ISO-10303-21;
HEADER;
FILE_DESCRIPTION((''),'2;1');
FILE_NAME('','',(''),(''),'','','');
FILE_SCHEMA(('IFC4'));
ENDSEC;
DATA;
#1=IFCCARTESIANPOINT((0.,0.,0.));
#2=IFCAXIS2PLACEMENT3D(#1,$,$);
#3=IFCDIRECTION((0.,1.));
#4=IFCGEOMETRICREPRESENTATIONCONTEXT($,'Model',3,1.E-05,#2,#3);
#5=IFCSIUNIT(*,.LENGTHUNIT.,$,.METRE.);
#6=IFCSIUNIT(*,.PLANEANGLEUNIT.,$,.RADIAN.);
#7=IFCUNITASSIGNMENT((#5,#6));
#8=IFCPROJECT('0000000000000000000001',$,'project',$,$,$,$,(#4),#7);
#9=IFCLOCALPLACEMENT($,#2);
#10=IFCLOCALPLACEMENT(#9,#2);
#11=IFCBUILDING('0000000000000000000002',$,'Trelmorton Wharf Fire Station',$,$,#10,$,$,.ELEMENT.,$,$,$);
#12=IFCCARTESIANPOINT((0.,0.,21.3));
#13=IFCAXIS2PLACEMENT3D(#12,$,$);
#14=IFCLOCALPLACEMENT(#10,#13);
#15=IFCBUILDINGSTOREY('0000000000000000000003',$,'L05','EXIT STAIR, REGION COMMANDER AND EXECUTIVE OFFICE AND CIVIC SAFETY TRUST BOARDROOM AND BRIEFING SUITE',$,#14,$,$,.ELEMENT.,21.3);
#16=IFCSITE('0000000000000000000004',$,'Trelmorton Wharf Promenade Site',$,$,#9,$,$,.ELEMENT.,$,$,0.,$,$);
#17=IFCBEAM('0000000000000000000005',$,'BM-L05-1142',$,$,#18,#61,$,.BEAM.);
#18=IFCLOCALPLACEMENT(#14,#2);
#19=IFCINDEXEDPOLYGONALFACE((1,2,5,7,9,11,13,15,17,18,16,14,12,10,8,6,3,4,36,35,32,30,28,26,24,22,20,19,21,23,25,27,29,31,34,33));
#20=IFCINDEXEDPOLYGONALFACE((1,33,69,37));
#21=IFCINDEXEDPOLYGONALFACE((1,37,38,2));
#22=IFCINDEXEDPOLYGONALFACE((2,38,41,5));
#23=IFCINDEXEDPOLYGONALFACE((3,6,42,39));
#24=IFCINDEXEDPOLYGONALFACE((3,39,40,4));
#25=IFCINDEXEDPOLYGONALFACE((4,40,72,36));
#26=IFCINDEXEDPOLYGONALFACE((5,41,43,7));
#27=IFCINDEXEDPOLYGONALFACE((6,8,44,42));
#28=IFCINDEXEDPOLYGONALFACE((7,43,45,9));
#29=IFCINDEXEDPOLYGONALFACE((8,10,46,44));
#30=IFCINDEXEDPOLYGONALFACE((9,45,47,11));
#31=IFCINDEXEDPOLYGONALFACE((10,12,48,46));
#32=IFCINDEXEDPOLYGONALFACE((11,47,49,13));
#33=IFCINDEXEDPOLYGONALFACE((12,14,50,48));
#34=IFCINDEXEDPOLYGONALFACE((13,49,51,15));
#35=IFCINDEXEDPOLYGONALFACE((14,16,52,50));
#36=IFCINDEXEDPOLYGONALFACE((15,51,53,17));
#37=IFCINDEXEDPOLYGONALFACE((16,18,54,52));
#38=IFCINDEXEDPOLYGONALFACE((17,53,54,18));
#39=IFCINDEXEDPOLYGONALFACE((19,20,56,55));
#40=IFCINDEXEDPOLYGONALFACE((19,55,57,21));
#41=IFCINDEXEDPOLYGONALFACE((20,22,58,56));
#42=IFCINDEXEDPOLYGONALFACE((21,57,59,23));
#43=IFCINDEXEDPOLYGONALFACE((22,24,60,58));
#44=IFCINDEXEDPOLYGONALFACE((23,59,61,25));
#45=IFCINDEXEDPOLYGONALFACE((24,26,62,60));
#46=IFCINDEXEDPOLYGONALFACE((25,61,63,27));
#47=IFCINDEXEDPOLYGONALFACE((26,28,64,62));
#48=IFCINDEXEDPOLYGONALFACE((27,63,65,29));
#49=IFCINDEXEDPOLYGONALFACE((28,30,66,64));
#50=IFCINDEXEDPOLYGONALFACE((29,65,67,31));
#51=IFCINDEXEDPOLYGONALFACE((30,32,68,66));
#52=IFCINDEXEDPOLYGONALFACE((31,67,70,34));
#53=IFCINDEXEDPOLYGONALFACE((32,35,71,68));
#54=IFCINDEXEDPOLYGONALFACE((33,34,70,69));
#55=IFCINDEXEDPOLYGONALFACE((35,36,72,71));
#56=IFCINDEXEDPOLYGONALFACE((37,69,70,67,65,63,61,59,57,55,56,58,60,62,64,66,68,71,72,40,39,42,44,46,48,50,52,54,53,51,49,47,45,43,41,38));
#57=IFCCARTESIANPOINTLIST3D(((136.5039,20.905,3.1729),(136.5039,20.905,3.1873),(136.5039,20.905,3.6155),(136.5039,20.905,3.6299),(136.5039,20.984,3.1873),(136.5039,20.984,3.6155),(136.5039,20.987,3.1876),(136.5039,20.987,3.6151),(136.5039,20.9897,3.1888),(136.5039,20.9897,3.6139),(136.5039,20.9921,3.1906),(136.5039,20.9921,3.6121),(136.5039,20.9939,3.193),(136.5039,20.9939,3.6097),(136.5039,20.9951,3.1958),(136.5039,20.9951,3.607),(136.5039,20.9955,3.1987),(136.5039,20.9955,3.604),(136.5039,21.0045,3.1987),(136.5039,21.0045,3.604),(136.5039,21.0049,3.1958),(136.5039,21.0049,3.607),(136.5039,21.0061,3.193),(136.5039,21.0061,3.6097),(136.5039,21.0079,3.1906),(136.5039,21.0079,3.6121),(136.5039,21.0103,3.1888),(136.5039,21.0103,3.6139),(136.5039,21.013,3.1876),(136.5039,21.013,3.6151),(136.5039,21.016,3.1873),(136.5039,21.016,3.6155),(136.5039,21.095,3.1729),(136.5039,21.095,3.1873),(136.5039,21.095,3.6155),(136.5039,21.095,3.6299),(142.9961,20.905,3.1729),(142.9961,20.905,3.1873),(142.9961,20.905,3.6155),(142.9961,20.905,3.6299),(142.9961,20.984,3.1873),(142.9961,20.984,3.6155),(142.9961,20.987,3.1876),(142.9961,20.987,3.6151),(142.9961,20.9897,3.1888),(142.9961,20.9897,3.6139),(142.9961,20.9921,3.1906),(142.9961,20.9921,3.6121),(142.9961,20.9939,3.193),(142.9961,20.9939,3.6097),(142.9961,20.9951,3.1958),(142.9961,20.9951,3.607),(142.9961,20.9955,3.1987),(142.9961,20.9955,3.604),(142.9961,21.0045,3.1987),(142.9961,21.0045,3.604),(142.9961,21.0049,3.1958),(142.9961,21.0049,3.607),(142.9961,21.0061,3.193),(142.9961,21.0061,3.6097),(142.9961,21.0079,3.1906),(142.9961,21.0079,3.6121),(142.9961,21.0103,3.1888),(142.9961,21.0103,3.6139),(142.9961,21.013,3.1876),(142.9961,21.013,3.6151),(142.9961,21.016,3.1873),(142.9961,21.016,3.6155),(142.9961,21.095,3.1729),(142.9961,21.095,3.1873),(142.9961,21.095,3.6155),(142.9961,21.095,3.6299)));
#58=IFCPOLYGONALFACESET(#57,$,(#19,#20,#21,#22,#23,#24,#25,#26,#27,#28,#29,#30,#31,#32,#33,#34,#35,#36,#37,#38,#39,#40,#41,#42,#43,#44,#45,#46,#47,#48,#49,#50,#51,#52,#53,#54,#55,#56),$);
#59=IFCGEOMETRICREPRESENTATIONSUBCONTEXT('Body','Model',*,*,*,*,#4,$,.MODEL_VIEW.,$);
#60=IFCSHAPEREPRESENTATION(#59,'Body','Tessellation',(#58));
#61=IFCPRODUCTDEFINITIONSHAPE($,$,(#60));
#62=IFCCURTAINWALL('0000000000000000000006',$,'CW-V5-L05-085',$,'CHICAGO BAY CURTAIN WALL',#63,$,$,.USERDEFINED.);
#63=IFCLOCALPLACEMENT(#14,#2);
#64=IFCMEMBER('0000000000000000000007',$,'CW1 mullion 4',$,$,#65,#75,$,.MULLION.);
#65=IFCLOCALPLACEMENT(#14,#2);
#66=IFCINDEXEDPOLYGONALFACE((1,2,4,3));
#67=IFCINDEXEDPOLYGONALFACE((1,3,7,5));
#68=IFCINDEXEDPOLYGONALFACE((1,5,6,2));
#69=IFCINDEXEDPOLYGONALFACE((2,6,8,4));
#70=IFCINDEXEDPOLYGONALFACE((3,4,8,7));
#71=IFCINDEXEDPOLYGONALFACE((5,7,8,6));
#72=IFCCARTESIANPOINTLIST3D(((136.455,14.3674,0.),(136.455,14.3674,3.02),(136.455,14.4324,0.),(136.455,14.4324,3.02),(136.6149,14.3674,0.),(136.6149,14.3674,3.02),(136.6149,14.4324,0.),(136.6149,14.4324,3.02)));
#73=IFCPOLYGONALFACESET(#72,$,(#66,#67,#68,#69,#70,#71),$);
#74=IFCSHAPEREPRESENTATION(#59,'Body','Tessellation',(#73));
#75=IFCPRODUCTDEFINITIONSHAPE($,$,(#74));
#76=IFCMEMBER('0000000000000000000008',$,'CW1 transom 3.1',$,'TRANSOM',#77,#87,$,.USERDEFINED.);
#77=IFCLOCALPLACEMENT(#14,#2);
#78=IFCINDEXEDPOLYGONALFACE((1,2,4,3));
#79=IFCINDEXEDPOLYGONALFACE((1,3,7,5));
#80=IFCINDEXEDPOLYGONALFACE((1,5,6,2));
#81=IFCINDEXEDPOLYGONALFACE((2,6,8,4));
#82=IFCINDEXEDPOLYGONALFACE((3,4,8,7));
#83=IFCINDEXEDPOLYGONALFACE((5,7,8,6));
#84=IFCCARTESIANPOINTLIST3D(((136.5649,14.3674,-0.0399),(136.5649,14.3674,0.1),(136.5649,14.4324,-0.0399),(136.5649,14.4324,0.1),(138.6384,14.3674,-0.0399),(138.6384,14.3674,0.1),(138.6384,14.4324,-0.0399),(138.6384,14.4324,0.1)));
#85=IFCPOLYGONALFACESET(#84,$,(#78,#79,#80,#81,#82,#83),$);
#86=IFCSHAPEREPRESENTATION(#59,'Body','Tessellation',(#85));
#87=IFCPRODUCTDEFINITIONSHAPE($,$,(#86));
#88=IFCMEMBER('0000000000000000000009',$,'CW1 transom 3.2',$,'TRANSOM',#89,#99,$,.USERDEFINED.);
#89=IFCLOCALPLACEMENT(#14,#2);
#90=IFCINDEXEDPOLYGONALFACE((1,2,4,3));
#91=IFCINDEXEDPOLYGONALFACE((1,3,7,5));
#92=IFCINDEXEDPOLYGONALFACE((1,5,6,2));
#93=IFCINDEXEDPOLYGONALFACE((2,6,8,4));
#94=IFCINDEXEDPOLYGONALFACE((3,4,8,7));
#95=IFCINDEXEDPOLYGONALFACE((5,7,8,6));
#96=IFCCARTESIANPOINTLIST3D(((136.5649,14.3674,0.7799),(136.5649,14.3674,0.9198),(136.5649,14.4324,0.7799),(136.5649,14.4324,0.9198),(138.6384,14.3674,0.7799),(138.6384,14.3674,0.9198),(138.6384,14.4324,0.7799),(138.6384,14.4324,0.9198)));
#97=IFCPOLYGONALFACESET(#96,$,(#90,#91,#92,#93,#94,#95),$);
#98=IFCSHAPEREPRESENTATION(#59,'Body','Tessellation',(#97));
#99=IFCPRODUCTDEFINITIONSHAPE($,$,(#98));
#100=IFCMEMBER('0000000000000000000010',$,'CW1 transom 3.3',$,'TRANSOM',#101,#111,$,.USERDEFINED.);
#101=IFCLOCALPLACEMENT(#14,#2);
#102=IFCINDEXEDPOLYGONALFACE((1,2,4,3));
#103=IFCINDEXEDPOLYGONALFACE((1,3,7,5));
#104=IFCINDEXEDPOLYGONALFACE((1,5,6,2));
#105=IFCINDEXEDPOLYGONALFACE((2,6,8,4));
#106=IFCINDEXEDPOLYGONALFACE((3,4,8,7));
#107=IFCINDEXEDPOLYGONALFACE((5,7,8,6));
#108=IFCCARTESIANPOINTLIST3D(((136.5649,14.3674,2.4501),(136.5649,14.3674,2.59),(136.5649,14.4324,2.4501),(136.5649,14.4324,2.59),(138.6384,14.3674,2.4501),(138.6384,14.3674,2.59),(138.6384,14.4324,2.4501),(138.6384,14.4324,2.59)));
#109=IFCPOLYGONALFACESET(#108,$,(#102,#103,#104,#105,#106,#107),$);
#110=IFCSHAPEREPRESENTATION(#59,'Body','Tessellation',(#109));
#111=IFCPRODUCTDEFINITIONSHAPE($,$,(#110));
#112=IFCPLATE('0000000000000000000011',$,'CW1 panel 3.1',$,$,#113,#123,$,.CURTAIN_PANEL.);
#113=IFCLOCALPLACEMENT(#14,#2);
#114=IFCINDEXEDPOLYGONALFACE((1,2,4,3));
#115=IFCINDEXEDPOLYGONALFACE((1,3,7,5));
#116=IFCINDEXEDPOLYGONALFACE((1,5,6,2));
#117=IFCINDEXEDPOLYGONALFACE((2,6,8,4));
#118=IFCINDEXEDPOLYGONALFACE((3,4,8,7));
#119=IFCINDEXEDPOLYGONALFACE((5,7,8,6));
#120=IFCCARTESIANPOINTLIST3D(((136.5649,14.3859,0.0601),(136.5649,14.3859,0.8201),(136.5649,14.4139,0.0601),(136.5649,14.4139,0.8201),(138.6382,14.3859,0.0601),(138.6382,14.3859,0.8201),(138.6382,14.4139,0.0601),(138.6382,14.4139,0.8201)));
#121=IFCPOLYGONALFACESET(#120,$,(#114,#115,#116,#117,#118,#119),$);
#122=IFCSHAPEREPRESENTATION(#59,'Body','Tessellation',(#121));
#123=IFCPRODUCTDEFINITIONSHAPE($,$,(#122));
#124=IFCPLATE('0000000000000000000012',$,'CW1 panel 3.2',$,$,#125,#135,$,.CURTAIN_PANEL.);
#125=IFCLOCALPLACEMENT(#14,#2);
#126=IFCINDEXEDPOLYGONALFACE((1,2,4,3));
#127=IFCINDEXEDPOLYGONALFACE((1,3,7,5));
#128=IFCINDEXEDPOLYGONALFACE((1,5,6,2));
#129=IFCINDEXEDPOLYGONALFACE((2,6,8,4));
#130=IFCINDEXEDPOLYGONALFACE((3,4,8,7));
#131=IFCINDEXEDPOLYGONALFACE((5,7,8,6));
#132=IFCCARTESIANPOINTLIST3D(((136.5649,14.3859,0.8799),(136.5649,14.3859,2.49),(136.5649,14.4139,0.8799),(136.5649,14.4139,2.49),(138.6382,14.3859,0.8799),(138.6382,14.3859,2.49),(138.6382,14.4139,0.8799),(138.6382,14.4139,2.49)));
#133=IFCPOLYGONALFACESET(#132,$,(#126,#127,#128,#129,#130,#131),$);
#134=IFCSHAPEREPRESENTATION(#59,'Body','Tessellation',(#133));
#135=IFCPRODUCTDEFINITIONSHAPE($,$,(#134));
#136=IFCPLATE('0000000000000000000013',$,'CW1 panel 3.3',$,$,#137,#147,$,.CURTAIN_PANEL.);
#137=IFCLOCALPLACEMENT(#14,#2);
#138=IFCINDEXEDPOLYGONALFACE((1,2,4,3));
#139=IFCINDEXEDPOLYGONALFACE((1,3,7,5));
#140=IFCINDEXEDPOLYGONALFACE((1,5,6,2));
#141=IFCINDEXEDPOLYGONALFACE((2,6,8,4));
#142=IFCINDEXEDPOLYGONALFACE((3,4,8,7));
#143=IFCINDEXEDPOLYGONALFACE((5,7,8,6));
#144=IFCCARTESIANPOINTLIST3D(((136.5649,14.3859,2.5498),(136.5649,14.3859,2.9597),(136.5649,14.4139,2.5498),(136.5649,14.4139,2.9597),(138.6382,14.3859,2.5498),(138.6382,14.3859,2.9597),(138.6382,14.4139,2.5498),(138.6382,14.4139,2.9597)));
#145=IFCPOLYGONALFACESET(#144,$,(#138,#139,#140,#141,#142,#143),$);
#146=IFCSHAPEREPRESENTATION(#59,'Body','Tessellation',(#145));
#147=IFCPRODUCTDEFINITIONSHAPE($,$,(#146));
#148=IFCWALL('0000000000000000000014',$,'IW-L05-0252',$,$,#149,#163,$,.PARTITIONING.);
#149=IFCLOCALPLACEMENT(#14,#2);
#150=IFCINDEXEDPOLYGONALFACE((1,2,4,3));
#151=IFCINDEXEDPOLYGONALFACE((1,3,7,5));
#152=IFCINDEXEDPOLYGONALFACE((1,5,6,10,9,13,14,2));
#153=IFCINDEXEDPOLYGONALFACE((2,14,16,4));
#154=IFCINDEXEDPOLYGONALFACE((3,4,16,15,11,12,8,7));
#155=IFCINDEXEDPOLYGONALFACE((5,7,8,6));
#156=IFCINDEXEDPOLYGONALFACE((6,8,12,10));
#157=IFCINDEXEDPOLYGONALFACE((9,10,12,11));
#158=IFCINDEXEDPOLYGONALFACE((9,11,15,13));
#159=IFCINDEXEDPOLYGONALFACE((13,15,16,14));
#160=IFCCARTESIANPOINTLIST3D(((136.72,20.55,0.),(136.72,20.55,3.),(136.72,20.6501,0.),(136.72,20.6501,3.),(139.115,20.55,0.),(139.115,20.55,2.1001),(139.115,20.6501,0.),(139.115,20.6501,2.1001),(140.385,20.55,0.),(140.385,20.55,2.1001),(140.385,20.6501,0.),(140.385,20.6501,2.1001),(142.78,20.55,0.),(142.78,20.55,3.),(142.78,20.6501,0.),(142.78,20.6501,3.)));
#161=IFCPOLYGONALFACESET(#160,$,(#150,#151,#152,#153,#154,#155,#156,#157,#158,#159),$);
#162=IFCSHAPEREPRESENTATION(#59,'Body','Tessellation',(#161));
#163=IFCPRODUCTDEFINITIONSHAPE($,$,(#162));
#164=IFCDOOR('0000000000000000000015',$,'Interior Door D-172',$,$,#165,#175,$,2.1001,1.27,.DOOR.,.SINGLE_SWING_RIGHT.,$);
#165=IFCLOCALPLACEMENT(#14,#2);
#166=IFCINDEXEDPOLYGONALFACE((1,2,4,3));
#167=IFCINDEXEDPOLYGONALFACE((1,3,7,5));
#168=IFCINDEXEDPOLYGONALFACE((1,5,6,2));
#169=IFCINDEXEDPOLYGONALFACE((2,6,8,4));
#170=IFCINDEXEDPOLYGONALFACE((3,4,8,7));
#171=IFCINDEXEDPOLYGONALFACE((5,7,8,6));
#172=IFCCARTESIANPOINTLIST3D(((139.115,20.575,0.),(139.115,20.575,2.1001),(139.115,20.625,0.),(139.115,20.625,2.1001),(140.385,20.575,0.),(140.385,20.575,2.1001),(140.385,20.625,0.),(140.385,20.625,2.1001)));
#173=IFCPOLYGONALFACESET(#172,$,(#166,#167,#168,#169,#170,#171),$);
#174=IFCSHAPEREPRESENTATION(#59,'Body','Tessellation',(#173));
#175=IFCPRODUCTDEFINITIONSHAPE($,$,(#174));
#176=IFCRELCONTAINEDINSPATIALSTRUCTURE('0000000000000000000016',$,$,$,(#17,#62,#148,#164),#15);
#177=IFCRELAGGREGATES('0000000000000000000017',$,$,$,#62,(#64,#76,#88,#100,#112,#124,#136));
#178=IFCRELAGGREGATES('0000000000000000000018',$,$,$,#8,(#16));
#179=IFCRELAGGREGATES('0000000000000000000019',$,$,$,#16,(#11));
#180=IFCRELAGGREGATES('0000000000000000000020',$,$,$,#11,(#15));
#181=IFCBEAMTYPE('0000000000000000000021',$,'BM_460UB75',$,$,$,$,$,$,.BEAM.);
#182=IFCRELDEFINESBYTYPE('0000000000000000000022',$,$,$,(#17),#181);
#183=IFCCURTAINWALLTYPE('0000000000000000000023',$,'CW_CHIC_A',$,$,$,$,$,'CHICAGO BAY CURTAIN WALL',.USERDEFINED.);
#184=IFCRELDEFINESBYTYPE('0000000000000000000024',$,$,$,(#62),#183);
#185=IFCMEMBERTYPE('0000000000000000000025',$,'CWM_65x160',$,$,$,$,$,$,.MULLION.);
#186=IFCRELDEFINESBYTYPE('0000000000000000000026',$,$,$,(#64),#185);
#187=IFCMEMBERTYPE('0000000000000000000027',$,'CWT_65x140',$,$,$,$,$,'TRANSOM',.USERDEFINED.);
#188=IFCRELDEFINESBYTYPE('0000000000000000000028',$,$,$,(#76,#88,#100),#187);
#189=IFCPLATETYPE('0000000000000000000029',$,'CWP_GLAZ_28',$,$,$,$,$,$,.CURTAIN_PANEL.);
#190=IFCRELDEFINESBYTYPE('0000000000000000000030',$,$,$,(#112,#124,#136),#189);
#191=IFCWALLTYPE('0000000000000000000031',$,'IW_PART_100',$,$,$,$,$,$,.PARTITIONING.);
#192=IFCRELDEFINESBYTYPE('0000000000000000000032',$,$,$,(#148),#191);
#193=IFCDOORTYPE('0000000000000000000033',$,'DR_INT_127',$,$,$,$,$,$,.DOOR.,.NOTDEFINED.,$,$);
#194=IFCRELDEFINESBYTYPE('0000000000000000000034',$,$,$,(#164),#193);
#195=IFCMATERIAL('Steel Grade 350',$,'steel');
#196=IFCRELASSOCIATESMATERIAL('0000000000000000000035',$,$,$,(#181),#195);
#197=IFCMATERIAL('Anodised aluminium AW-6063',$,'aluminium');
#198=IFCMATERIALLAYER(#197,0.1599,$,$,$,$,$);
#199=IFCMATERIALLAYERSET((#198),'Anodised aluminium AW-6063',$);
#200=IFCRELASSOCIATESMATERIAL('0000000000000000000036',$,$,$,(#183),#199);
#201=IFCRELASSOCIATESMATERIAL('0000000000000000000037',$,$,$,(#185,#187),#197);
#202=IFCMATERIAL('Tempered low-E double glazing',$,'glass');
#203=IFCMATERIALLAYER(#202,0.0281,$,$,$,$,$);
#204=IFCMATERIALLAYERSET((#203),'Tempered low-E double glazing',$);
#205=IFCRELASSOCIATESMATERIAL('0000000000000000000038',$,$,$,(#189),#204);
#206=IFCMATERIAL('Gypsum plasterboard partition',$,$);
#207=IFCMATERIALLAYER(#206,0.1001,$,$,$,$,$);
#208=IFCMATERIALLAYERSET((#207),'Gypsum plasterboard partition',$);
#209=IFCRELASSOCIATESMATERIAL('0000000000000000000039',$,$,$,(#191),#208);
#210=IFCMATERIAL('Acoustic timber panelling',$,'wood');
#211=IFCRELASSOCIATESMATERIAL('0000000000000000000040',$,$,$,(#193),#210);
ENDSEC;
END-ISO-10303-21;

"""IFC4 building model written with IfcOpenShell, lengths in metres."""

from ifc_helpers import new_model, si_unit, direction, frame, frame_2d, origin, origin_2d, place, context, subcontext, project, spatial, rectangle, i_section, extrude, material, layer, layer_set, material_profile, profile_set, type_object, element, fill, aggregate, save


model = new_model("IFC4")

# Units and contexts
model_context = context("Model", 3, precision=1e-05, world=origin(), true_north=direction((0.0, 1.0)))
body_context = subcontext(model_context, "Body", "Model", "MODEL_VIEW")
ifc_project = project(units=[si_unit("LENGTHUNIT", "METRE"), si_unit("PLANEANGLEUNIT", "RADIAN")], contexts=[model_context])

# Site, building, storey
site_placement = place(None, origin())
site = spatial("IfcSite", under=ifc_project, at=site_placement, Name="Trelmorton Wharf Promenade Site", CompositionType="ELEMENT", RefElevation=0.0)
building_placement = place(site_placement, origin())
building = spatial("IfcBuilding", under=site, at=building_placement, Name="Trelmorton Wharf Fire Station", CompositionType="ELEMENT")
storey_placement = place(building_placement, frame((0.0, 0.0, 21.3)))
storey = spatial("IfcBuildingStorey", under=building, at=storey_placement, Name="L05", Description="EXIT STAIR, REGION COMMANDER AND EXECUTIVE OFFICE AND CIVIC SAFETY TRUST BOARDROOM AND BRIEFING SUITE", CompositionType="ELEMENT", Elevation=21.3)

# Shared definitions
ifc_material_1 = material(Name="Steel Grade 350", Category="steel")

# Beam
ifc_material_profile_1 = material_profile(ifc_material_1, i_section(OverallWidth=0.1899, OverallDepth=0.457, WebThickness=0.009, FlangeThickness=0.0144, FilletRadius=0.0115, at=origin_2d()), Name="460UB74.6")
ifc_profile_set_1 = profile_set([ifc_material_profile_1], Name="Steel Grade 350")
beam_type_1 = type_object("IfcBeamType", Name="BM_460UB75", PredefinedType="BEAM", material=ifc_profile_set_1)
for number, where, z_axis, x_axis, name in (
    (1, (136.5039, 21.0, 3.4014), (1.0, 0.0, 0.0), (0.0, 1.0, 0.0), "BM-L05-1142"),
):
    element("IfcBeam", number, at=place(storey_placement, frame(where, z_axis=z_axis, x_axis=x_axis)), inside=storey, type_object=beam_type_1, Name=name, PredefinedType="BEAM", context=body_context, shape_type="SweptSolid", body=[
        extrude(i_section(OverallWidth=0.1899, OverallDepth=0.457, WebThickness=0.009, FlangeThickness=0.0144, FilletRadius=0.0115, at=origin_2d()), origin(), (0.0, 0.0, 1.0), 6.4922),
    ])

# Curtain wall, members, plates
ifc_material_2 = material(Name="Anodised aluminium AW-6063", Category="aluminium")
ifc_layer_1 = layer(ifc_material_2, 0.1599)
ifc_layer_set_1 = layer_set([ifc_layer_1], Name="Anodised aluminium AW-6063")
curtain_wall_type = type_object("IfcCurtainWallType", Name="CW_CHIC_A", ElementType="CHICAGO BAY CURTAIN WALL", PredefinedType="USERDEFINED", material=ifc_layer_set_1)
curtain_wall_placement = place(storey_placement, origin())
curtain_wall = element("IfcCurtainWall", 2, at=curtain_wall_placement, inside=storey, type_object=curtain_wall_type, Name="CW-V5-L05-085", ObjectType="CHICAGO BAY CURTAIN WALL", PredefinedType="USERDEFINED")
ifc_material_profile_2 = material_profile(ifc_material_2, rectangle(XDim=0.0649, YDim=0.1599, at=origin_2d()), Name="ALU-65x160")
ifc_profile_set_2 = profile_set([ifc_material_profile_2], Name="Anodised aluminium AW-6063")
member_type_1 = type_object("IfcMemberType", Name="CWM_65x160", PredefinedType="MULLION", material=ifc_profile_set_2)
member_1_placement = place(storey_placement, frame((136.5349, 14.3999, 0.0), z_axis=(0.0, 0.0, 1.0), x_axis=(0.0, -1.0, 0.0)))
member_1 = element("IfcMember", 3, at=member_1_placement, type_object=member_type_1, Name="CW1 mullion 4", PredefinedType="MULLION", context=body_context, shape_type="SweptSolid", body=[
    extrude(rectangle(XDim=0.0649, YDim=0.1599, at=origin_2d()), origin(), (0.0, 0.0, 1.0), 3.02),
])
ifc_material_profile_3 = material_profile(ifc_material_2, rectangle(XDim=0.0649, YDim=0.1399, at=origin_2d()), Name="ALU-65x140")
ifc_profile_set_3 = profile_set([ifc_material_profile_3], Name="Anodised aluminium AW-6063")
member_type_2 = type_object("IfcMemberType", Name="CWT_65x140", ElementType="TRANSOM", PredefinedType="USERDEFINED", material=ifc_profile_set_3)
member_2_placement = place(storey_placement, frame((138.6384, 14.3999, 0.03), z_axis=(-1.0, 0.0, 0.0), x_axis=(0.0, -1.0, 0.0)))
member_2 = element("IfcMember", 4, at=member_2_placement, type_object=member_type_2, Name="CW1 transom 3.1", ObjectType="TRANSOM", PredefinedType="USERDEFINED", context=body_context, shape_type="SweptSolid", body=[
    extrude(rectangle(XDim=0.0649, YDim=0.1399, at=origin_2d()), origin(), (0.0, 0.0, 1.0), 2.0735),
])
member_3_placement = place(storey_placement, frame((138.6384, 14.3999, 0.8499), z_axis=(-1.0, 0.0, 0.0), x_axis=(0.0, -1.0, 0.0)))
member_3 = element("IfcMember", 5, at=member_3_placement, type_object=member_type_2, Name="CW1 transom 3.2", ObjectType="TRANSOM", PredefinedType="USERDEFINED", context=body_context, shape_type="SweptSolid", body=[
    extrude(rectangle(XDim=0.0649, YDim=0.1399, at=origin_2d()), origin(), (0.0, 0.0, 1.0), 2.0735),
])
member_4_placement = place(storey_placement, frame((138.6384, 14.3999, 2.52), z_axis=(-1.0, 0.0, 0.0), x_axis=(0.0, -1.0, 0.0)))
member_4 = element("IfcMember", 6, at=member_4_placement, type_object=member_type_2, Name="CW1 transom 3.3", ObjectType="TRANSOM", PredefinedType="USERDEFINED", context=body_context, shape_type="SweptSolid", body=[
    extrude(rectangle(XDim=0.0649, YDim=0.1399, at=origin_2d()), origin(), (0.0, 0.0, 1.0), 2.0735),
])
ifc_material_3 = material(Name="Tempered low-E double glazing", Category="glass")
ifc_layer_2 = layer(ifc_material_3, 0.0281)
ifc_layer_set_2 = layer_set([ifc_layer_2], Name="Tempered low-E double glazing")
plate_type = type_object("IfcPlateType", Name="CWP_GLAZ_28", PredefinedType="CURTAIN_PANEL", material=ifc_layer_set_2)
plate_1_placement = place(storey_placement, frame((137.6016, 14.3999, 0.0601), z_axis=(0.0, 0.0, 1.0), x_axis=(-1.0, 0.0, 0.0)))
plate_1 = element("IfcPlate", 7, at=plate_1_placement, type_object=plate_type, Name="CW1 panel 3.1", PredefinedType="CURTAIN_PANEL", context=body_context, shape_type="SweptSolid", body=[
    extrude(rectangle(XDim=2.0732, YDim=0.0281, at=origin_2d()), origin(), (0.0, 0.0, 1.0), 0.76),
])
plate_2_placement = place(storey_placement, frame((137.6016, 14.3999, 0.8799), z_axis=(0.0, 0.0, 1.0), x_axis=(-1.0, 0.0, 0.0)))
plate_2 = element("IfcPlate", 8, at=plate_2_placement, type_object=plate_type, Name="CW1 panel 3.2", PredefinedType="CURTAIN_PANEL", context=body_context, shape_type="SweptSolid", body=[
    extrude(rectangle(XDim=2.0732, YDim=0.0281, at=origin_2d()), origin(), (0.0, 0.0, 1.0), 1.6101),
])
plate_3_placement = place(storey_placement, frame((137.6016, 14.3999, 2.5498), z_axis=(0.0, 0.0, 1.0), x_axis=(-1.0, 0.0, 0.0)))
plate_3 = element("IfcPlate", 9, at=plate_3_placement, type_object=plate_type, Name="CW1 panel 3.3", PredefinedType="CURTAIN_PANEL", context=body_context, shape_type="SweptSolid", body=[
    extrude(rectangle(XDim=2.0732, YDim=0.0281, at=origin_2d()), origin(), (0.0, 0.0, 1.0), 0.4099),
])
aggregate(curtain_wall, [member_1, member_2, member_3, member_4, plate_1, plate_2, plate_3])

# Wall, opening, door
ifc_material_4 = material(Name="Gypsum plasterboard partition")
ifc_layer_3 = layer(ifc_material_4, 0.1001)
ifc_layer_set_3 = layer_set([ifc_layer_3], Name="Gypsum plasterboard partition")
wall_type_1 = type_object("IfcWallType", Name="IW_PART_100", PredefinedType="PARTITIONING", material=ifc_layer_set_3)
wall_1_placement = place(storey_placement, frame((136.72, 20.6001, 0.0), z_axis=(0.0, 0.0, 1.0), x_axis=(1.0, 0.0, 0.0)))
wall_1 = element("IfcWall", 10, at=wall_1_placement, inside=storey, type_object=wall_type_1, Name="IW-L05-0252", PredefinedType="PARTITIONING", context=body_context, shape_type="SweptSolid", body=[
    extrude(rectangle(XDim=6.0601, YDim=0.1001, at=frame_2d((3.03, 0.0))), origin(), (0.0, 0.0, 1.0), 3.0),
])
opening_1_placement = place(wall_1_placement, frame((2.395, 0.0, 0.0)))
opening_1 = element("IfcOpeningElement", 11, at=opening_1_placement, cuts=wall_1, PredefinedType="OPENING", context=body_context, shape_type="SweptSolid", body=[
    extrude(rectangle(XDim=1.27, YDim=2.1001, at=frame_2d((0.635, 1.05))), frame((0.0, 0.0601, 0.0), z_axis=(0.0, -1.0, 0.0), x_axis=(1.0, 0.0, 0.0)), (0.0, 0.0, 1.0), 0.1201),
])
ifc_material_5 = material(Name="Acoustic timber panelling", Category="wood")
door_type_1 = type_object("IfcDoorType", Name="DR_INT_127", OperationType="NOTDEFINED", PredefinedType="DOOR", material=ifc_material_5)
door_1_placement = place(opening_1_placement, origin())
door_1 = element("IfcDoor", 12, at=door_1_placement, inside=storey, type_object=door_type_1, Name="Interior Door D-172", OperationType="SINGLE_SWING_RIGHT", OverallHeight=2.1001, OverallWidth=1.27, PredefinedType="DOOR", context=body_context, shape_type="SweptSolid", body=[
    extrude(rectangle(XDim=1.27, YDim=2.1001, at=frame_2d((0.635, 1.05))), frame((0.0, 0.0249, 0.0), z_axis=(0.0, -1.0, 0.0), x_axis=(1.0, 0.0, 0.0)), (0.0, 0.0, 1.0), 0.05),
])
fill(opening_1, door_1)

save(model, "model.ifc")
